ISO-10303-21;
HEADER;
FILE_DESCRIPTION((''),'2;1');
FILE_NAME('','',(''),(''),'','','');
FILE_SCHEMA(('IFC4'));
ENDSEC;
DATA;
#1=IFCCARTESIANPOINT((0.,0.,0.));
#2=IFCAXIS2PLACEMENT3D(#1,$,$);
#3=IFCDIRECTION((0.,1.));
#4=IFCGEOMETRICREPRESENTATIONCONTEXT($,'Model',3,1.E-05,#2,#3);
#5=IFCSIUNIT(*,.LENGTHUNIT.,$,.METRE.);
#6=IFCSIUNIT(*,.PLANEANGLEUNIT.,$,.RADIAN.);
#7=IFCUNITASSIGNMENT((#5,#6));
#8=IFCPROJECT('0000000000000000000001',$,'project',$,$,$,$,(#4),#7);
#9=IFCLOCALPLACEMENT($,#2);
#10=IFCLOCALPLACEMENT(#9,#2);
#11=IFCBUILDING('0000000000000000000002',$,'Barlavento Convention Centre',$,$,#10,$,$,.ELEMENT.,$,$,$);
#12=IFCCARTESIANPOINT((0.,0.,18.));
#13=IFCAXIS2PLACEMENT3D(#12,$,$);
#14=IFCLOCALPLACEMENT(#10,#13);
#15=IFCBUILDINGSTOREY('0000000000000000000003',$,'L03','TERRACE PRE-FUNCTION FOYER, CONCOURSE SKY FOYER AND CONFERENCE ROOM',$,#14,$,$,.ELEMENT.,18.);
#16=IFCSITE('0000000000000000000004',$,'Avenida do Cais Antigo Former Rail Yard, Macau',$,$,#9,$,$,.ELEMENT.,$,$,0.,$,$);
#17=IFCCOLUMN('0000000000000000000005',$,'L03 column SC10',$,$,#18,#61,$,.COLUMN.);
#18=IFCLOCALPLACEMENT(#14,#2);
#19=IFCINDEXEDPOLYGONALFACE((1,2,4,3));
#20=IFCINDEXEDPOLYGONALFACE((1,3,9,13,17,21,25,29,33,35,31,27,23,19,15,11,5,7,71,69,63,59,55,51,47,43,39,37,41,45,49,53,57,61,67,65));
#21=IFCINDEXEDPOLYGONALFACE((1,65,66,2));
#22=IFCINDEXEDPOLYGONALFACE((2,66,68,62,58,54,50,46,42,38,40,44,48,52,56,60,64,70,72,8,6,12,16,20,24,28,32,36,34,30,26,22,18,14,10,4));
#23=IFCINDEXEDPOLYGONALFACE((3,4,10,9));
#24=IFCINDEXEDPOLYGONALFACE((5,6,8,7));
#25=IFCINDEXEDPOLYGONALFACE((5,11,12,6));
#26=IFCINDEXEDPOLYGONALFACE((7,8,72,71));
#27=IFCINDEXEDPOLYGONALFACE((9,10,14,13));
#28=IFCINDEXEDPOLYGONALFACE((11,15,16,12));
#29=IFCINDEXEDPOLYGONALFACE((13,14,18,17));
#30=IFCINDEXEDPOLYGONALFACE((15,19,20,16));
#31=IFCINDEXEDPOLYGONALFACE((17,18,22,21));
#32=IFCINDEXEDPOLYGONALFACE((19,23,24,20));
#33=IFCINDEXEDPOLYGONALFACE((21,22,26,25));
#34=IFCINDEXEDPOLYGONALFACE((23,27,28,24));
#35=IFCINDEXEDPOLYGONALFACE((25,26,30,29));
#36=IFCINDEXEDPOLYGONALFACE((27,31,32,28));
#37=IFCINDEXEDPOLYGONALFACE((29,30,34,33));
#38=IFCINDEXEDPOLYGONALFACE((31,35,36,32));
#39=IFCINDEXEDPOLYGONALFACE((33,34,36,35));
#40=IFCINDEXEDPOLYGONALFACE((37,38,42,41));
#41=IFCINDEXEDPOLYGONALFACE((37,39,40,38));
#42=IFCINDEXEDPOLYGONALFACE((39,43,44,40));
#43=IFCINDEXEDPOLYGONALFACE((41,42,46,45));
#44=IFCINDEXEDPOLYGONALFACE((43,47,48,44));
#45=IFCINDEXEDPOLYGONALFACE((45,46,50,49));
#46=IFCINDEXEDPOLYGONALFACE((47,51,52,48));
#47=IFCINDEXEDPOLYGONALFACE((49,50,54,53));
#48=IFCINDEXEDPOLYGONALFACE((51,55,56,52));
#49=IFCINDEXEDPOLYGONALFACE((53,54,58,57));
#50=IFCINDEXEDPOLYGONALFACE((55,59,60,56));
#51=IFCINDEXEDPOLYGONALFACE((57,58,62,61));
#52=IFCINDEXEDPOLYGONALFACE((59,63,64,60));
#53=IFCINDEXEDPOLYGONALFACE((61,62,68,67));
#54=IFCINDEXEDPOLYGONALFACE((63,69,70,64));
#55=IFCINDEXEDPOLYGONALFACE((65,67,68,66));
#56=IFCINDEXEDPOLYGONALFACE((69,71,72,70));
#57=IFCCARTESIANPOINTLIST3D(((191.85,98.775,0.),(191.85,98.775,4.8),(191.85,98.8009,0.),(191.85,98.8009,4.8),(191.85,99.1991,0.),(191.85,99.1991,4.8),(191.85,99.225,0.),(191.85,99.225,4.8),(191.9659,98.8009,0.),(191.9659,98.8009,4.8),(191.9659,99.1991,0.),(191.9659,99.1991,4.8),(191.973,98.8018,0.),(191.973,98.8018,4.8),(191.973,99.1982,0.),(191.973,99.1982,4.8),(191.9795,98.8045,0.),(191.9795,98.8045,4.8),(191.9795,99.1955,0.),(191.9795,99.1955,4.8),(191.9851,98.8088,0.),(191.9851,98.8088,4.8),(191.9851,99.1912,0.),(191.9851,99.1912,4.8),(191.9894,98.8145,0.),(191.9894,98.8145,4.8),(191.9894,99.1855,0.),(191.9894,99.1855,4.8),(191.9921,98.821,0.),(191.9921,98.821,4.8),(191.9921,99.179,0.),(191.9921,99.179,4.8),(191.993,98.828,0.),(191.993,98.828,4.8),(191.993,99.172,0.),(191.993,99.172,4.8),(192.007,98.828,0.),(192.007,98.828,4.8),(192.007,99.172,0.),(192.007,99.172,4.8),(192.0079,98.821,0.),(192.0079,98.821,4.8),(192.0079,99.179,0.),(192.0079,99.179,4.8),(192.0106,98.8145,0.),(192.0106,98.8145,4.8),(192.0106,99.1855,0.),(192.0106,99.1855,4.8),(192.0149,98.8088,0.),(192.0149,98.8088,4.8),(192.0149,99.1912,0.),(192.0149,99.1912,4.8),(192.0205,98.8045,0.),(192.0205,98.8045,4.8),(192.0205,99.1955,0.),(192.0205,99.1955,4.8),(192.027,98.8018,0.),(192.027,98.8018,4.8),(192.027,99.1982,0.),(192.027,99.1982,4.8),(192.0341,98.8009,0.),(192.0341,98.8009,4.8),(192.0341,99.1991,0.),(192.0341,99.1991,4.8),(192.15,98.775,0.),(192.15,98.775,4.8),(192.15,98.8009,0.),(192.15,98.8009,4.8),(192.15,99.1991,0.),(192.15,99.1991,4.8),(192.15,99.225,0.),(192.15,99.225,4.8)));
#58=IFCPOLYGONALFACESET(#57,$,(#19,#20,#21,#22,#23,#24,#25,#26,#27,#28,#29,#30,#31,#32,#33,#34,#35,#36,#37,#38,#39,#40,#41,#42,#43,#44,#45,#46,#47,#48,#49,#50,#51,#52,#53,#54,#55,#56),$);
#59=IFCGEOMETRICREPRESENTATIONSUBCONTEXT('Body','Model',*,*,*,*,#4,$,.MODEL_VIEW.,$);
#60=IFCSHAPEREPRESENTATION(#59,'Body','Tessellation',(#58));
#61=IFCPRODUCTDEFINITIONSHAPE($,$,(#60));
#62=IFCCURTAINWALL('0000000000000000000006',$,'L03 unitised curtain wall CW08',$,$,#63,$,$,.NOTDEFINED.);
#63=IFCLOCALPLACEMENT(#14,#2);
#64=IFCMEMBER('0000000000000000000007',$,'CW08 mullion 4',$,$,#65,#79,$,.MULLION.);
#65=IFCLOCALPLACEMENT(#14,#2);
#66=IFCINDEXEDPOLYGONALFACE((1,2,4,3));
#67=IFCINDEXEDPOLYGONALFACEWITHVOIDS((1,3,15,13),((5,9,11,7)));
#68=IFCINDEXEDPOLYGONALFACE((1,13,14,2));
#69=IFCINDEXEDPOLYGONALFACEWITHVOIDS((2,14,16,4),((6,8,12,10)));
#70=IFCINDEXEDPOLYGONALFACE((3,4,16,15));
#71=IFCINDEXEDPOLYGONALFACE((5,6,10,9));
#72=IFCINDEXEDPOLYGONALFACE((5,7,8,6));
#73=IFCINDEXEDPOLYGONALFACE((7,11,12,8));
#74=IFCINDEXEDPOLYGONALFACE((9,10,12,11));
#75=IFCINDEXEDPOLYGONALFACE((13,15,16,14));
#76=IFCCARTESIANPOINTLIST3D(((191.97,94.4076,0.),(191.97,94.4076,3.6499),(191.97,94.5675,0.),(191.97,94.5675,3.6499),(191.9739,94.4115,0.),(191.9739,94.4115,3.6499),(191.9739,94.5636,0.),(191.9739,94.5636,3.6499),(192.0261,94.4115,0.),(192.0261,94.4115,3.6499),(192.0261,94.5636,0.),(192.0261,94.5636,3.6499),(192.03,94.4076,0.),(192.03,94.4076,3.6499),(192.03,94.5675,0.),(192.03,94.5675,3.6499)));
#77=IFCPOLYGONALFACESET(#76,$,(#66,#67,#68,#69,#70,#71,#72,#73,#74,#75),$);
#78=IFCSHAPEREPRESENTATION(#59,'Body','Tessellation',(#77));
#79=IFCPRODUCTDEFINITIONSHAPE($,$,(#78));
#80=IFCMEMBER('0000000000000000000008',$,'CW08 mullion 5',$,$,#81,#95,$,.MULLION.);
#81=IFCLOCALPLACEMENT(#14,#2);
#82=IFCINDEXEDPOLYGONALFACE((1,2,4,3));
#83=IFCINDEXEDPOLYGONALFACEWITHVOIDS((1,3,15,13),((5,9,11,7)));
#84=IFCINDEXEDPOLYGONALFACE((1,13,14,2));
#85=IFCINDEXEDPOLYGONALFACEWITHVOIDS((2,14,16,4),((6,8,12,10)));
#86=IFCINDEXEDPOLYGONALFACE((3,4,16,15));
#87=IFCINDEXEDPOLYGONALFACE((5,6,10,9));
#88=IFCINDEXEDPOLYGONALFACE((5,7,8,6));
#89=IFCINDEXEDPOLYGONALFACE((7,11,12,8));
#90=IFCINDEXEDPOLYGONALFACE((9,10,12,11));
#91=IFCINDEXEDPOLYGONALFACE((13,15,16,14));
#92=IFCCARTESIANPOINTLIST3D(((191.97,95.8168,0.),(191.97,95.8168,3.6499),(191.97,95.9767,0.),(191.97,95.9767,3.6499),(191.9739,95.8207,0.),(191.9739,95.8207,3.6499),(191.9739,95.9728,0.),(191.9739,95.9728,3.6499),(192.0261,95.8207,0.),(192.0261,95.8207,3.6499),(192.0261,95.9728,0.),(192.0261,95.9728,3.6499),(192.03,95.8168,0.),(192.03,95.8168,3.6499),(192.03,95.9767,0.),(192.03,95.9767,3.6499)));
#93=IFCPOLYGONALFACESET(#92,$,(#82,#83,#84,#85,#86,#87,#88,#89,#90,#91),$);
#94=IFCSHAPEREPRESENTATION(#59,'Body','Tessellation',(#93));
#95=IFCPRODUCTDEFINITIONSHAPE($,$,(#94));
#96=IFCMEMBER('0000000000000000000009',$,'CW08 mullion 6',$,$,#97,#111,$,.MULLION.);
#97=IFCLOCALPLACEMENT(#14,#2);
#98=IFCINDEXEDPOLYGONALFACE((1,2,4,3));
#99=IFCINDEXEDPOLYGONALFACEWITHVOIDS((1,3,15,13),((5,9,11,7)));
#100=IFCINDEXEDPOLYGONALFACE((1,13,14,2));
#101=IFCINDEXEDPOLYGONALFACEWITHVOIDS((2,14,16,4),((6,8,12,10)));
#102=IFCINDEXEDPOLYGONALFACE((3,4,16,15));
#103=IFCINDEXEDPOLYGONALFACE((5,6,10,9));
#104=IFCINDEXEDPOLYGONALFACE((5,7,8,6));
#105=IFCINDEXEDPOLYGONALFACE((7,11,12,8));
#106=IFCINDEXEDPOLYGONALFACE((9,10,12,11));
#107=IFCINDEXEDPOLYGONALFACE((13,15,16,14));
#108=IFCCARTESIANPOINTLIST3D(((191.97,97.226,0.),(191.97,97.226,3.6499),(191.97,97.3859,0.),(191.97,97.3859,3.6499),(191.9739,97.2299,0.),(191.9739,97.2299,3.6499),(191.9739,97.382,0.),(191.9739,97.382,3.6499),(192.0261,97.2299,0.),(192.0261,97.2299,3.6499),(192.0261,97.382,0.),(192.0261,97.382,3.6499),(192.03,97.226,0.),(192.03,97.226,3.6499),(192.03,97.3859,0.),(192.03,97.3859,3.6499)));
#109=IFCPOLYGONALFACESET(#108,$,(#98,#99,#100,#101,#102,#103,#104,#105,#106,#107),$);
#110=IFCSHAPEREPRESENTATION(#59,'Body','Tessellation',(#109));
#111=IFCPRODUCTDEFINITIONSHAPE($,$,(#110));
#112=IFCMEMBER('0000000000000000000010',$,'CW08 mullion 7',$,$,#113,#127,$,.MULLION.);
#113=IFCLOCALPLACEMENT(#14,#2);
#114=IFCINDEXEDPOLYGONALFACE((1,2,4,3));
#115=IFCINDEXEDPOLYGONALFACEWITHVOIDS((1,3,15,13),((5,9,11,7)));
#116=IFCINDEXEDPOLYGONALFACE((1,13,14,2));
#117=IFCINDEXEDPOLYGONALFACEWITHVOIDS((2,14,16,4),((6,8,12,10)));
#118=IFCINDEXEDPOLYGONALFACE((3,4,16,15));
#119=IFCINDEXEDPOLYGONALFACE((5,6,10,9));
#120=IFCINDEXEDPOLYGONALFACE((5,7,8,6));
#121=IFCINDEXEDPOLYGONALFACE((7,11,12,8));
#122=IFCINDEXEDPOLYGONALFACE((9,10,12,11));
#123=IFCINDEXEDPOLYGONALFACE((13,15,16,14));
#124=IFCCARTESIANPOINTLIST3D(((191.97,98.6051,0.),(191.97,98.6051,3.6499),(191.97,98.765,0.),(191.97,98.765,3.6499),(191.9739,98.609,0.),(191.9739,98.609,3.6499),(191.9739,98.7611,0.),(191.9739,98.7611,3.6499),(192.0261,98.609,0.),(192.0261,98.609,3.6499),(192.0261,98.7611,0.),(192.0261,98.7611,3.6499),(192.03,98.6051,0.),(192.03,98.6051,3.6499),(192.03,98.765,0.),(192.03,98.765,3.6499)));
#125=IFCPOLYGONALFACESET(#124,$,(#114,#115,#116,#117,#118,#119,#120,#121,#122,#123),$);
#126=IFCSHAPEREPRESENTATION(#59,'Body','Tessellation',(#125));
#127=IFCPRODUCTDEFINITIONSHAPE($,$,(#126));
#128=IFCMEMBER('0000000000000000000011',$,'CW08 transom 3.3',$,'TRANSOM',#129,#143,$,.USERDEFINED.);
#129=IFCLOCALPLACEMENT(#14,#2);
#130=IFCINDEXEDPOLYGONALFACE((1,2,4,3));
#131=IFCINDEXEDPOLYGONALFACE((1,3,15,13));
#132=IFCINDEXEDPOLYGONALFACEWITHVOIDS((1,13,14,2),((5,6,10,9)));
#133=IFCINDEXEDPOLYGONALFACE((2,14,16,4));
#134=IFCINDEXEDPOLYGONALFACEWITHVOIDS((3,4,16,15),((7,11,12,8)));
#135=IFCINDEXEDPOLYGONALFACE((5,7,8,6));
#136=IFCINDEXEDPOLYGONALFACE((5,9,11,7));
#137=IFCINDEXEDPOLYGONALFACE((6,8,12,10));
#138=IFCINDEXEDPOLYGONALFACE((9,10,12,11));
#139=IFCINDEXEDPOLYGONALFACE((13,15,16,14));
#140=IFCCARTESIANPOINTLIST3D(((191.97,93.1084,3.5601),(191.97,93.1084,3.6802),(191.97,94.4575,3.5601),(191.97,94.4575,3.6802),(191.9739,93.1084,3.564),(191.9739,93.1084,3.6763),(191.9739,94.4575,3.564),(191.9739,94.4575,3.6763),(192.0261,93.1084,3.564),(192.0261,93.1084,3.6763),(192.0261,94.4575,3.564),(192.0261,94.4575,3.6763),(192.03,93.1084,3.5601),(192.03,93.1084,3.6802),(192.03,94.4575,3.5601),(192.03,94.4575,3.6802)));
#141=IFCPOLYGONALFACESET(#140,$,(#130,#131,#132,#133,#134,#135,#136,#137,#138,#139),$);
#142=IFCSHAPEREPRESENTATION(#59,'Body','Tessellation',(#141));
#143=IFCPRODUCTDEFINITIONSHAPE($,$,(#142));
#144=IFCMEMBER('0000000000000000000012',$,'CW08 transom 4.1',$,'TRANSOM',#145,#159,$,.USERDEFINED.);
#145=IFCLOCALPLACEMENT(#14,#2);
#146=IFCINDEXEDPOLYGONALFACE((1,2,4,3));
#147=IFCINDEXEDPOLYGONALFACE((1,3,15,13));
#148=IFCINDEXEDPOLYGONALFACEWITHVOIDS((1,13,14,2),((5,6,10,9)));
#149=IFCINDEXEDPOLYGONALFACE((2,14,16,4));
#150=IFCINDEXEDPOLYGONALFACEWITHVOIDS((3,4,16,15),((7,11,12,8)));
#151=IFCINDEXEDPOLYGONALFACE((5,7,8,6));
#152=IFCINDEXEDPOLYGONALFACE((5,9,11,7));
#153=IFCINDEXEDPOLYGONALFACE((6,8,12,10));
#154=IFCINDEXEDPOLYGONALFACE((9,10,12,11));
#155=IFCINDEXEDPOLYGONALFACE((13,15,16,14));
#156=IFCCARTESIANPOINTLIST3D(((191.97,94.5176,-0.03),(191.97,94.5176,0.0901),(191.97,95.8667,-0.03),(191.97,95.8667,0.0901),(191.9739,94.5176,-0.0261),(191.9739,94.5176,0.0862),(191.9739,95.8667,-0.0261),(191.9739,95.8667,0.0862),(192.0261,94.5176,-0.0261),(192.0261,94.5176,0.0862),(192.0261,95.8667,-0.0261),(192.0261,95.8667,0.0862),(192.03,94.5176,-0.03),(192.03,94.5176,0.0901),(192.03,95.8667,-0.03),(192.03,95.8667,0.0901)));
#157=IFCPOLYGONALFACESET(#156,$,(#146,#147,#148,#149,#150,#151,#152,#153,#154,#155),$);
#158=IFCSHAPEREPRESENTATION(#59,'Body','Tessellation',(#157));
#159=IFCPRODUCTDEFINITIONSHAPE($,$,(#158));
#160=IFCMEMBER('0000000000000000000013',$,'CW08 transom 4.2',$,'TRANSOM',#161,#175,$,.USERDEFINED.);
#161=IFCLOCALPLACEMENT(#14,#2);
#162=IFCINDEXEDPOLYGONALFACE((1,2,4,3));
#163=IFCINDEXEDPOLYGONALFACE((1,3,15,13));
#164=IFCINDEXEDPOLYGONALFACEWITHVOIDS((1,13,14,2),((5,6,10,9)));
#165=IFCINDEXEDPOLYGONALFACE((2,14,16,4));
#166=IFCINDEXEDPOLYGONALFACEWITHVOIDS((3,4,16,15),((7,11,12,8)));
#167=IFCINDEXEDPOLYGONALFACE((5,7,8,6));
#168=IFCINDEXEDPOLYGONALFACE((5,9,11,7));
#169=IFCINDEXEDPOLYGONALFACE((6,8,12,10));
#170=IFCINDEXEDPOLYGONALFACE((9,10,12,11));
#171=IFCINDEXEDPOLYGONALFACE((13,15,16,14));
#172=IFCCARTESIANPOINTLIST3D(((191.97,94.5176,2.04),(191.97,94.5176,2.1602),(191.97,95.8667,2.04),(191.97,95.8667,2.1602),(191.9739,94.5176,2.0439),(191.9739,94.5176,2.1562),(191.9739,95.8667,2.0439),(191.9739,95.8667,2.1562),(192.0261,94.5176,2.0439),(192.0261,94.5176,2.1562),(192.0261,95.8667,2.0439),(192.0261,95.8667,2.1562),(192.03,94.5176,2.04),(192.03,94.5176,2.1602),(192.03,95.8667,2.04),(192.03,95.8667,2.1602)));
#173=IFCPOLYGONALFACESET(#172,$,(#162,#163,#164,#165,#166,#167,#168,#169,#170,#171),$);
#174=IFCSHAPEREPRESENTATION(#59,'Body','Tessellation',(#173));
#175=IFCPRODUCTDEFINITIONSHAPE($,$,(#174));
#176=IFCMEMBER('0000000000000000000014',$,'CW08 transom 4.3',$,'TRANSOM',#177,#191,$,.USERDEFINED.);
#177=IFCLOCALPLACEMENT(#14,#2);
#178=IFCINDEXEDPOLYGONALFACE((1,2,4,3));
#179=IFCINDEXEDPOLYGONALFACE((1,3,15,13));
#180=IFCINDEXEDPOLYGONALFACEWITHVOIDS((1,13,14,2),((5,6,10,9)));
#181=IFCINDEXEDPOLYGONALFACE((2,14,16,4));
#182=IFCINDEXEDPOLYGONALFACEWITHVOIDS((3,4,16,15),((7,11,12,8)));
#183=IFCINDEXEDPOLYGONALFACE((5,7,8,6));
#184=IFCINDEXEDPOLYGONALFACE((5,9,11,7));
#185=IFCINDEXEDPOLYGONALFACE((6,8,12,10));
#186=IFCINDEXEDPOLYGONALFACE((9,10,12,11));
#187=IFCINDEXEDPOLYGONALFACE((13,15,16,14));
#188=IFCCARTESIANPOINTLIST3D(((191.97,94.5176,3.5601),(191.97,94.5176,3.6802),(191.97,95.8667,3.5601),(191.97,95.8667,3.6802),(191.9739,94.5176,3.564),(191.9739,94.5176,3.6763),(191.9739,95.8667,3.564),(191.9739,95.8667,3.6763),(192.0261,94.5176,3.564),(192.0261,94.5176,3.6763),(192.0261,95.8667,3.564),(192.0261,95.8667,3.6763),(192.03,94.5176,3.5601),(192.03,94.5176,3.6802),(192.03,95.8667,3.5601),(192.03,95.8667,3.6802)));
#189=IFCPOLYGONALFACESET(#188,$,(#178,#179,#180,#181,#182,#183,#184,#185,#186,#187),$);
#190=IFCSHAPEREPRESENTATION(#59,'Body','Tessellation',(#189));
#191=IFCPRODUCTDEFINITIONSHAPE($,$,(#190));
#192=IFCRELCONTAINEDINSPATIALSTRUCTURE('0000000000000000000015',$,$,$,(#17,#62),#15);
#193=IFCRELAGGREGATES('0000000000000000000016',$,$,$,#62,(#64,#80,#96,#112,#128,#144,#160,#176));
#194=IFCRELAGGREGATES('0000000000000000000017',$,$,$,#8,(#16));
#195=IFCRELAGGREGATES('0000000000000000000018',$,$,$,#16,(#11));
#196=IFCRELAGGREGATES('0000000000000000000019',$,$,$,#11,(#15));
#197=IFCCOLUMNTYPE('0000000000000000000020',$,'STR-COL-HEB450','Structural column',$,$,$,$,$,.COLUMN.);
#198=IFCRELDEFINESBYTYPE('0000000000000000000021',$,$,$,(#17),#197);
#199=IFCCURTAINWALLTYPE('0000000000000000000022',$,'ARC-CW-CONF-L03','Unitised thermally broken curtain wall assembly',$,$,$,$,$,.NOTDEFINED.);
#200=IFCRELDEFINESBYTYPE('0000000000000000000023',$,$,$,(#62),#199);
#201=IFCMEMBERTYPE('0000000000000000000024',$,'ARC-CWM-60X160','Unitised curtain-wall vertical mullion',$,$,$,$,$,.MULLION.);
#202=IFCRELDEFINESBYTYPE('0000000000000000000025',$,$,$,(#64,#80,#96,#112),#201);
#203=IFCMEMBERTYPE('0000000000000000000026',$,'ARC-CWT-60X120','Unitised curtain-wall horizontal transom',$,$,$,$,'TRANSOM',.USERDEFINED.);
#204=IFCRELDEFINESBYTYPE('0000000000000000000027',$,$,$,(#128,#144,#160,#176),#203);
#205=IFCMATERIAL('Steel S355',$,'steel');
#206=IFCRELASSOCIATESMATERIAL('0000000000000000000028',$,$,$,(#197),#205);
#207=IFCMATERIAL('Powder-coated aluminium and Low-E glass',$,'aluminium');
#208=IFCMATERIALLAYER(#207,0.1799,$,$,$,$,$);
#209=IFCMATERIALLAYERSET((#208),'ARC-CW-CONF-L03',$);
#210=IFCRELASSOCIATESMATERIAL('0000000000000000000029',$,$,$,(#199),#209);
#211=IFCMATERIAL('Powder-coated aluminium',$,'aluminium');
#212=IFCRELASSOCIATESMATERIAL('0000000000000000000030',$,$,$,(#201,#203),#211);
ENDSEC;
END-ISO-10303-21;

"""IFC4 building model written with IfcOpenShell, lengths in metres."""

from ifc_helpers import new_model, si_unit, direction, frame, origin, origin_2d, place, context, subcontext, project, spatial, hollow_rectangle, i_section, extrude, material, layer, layer_set, material_profile, profile_set, type_object, element, aggregate, save


model = new_model("IFC4")

# Units and contexts
model_context = context("Model", 3, precision=1e-05, world=origin(), true_north=direction((0.0, 1.0)))
body_context = subcontext(model_context, "Body", "Model", "MODEL_VIEW")
ifc_project = project(units=[si_unit("LENGTHUNIT", "METRE"), si_unit("PLANEANGLEUNIT", "RADIAN")], contexts=[model_context])

# Site, building, storey
site_placement = place(None, origin())
site = spatial("IfcSite", under=ifc_project, at=site_placement, Name="Avenida do Cais Antigo Former Rail Yard, Macau", CompositionType="ELEMENT", RefElevation=0.0)
building_placement = place(site_placement, origin())
building = spatial("IfcBuilding", under=site, at=building_placement, Name="Barlavento Convention Centre", CompositionType="ELEMENT")
storey_placement = place(building_placement, frame((0.0, 0.0, 18.0)))
storey = spatial("IfcBuildingStorey", under=building, at=storey_placement, Name="L03", Description="TERRACE PRE-FUNCTION FOYER, CONCOURSE SKY FOYER AND CONFERENCE ROOM", CompositionType="ELEMENT", Elevation=18.0)

# Column
ifc_material_1 = material(Name="Steel S355", Category="steel")
ifc_material_profile_1 = material_profile(ifc_material_1, i_section(OverallWidth=0.3, OverallDepth=0.45, WebThickness=0.0139, FlangeThickness=0.0259, FilletRadius=0.0271, at=origin_2d()), Name="HEB 450")
ifc_profile_set_1 = profile_set([ifc_material_profile_1], Name="Steel S355")
column_type = type_object("IfcColumnType", Name="STR-COL-HEB450", Description="Structural column", PredefinedType="COLUMN", material=ifc_profile_set_1)
column_placement = place(storey_placement, frame((192.0, 99.0, 0.0), z_axis=(0.0, 0.0, 1.0), x_axis=(1.0, 0.0, 0.0)))
element("IfcColumn", 1, at=column_placement, inside=storey, type_object=column_type, Name="L03 column SC10", PredefinedType="COLUMN", context=body_context, shape_type="SweptSolid", body=[
    extrude(i_section(OverallWidth=0.3, OverallDepth=0.45, WebThickness=0.0139, FlangeThickness=0.0259, FilletRadius=0.0271, at=origin_2d()), origin(), (0.0, 0.0, 1.0), 4.8),
])

# Curtain wall, members
ifc_material_2 = material(Name="Powder-coated aluminium and Low-E glass", Category="aluminium")
ifc_layer_1 = layer(ifc_material_2, 0.1799)
ifc_layer_set_1 = layer_set([ifc_layer_1], Name="ARC-CW-CONF-L03")
curtain_wall_type = type_object("IfcCurtainWallType", Name="ARC-CW-CONF-L03", Description="Unitised thermally broken curtain wall assembly", PredefinedType="NOTDEFINED", material=ifc_layer_set_1)
curtain_wall_placement = place(storey_placement, origin())
curtain_wall = element("IfcCurtainWall", 2, at=curtain_wall_placement, inside=storey, type_object=curtain_wall_type, Name="L03 unitised curtain wall CW08", PredefinedType="NOTDEFINED")
ifc_material_3 = material(Name="Powder-coated aluminium", Category="aluminium")
ifc_material_profile_2 = material_profile(ifc_material_3, hollow_rectangle(XDim=0.0601, YDim=0.1599, WallThickness=0.0039, at=origin_2d()), Name="AL-MULL 60x160x4")
ifc_profile_set_2 = profile_set([ifc_material_profile_2], Name="Powder-coated aluminium")
member_type_1 = type_object("IfcMemberType", Name="ARC-CWM-60X160", Description="Unitised curtain-wall vertical mullion", PredefinedType="MULLION", material=ifc_profile_set_2)
member_1_placement = place(storey_placement, frame((192.0, 94.4875, 0.0), z_axis=(0.0, 0.0, 1.0), x_axis=(-1.0, 0.0, 0.0)))
member_1 = element("IfcMember", 3, at=member_1_placement, type_object=member_type_1, Name="CW08 mullion 4", PredefinedType="MULLION", context=body_context, shape_type="SweptSolid", body=[
    extrude(hollow_rectangle(XDim=0.0601, YDim=0.1599, WallThickness=0.0039, at=origin_2d()), origin(), (0.0, 0.0, 1.0), 3.6499),
])
member_2_placement = place(storey_placement, frame((192.0, 95.8967, 0.0), z_axis=(0.0, 0.0, 1.0), x_axis=(-1.0, 0.0, 0.0)))
member_2 = element("IfcMember", 4, at=member_2_placement, type_object=member_type_1, Name="CW08 mullion 5", PredefinedType="MULLION", context=body_context, shape_type="SweptSolid", body=[
    extrude(hollow_rectangle(XDim=0.0601, YDim=0.1599, WallThickness=0.0039, at=origin_2d()), origin(), (0.0, 0.0, 1.0), 3.6499),
])
member_3_placement = place(storey_placement, frame((192.0, 97.3059, 0.0), z_axis=(0.0, 0.0, 1.0), x_axis=(-1.0, 0.0, 0.0)))
member_3 = element("IfcMember", 5, at=member_3_placement, type_object=member_type_1, Name="CW08 mullion 6", PredefinedType="MULLION", context=body_context, shape_type="SweptSolid", body=[
    extrude(hollow_rectangle(XDim=0.0601, YDim=0.1599, WallThickness=0.0039, at=origin_2d()), origin(), (0.0, 0.0, 1.0), 3.6499),
])
member_4_placement = place(storey_placement, frame((192.0, 98.6851, 0.0), z_axis=(0.0, 0.0, 1.0), x_axis=(-1.0, 0.0, 0.0)))
member_4 = element("IfcMember", 6, at=member_4_placement, type_object=member_type_1, Name="CW08 mullion 7", PredefinedType="MULLION", context=body_context, shape_type="SweptSolid", body=[
    extrude(hollow_rectangle(XDim=0.0601, YDim=0.1599, WallThickness=0.0039, at=origin_2d()), origin(), (0.0, 0.0, 1.0), 3.6499),
])
ifc_material_profile_3 = material_profile(ifc_material_3, hollow_rectangle(XDim=0.0601, YDim=0.1201, WallThickness=0.0039, at=origin_2d()), Name="AL-TRAN 60x120x4")
ifc_profile_set_3 = profile_set([ifc_material_profile_3], Name="Powder-coated aluminium")
member_type_2 = type_object("IfcMemberType", Name="ARC-CWT-60X120", Description="Unitised curtain-wall horizontal transom", ElementType="TRANSOM", PredefinedType="USERDEFINED", material=ifc_profile_set_3)
member_5_placement = place(storey_placement, frame((192.0, 93.1084, 3.6201), z_axis=(0.0, 1.0, 0.0), x_axis=(-1.0, 0.0, 0.0)))
member_5 = element("IfcMember", 7, at=member_5_placement, type_object=member_type_2, Name="CW08 transom 3.3", ObjectType="TRANSOM", PredefinedType="USERDEFINED", context=body_context, shape_type="SweptSolid", body=[
    extrude(hollow_rectangle(XDim=0.0601, YDim=0.1201, WallThickness=0.0039, at=origin_2d()), origin(), (0.0, 0.0, 1.0), 1.3491),
])
member_6_placement = place(storey_placement, frame((192.0, 94.5176, 0.03), z_axis=(0.0, 1.0, 0.0), x_axis=(-1.0, 0.0, 0.0)))
member_6 = element("IfcMember", 8, at=member_6_placement, type_object=member_type_2, Name="CW08 transom 4.1", ObjectType="TRANSOM", PredefinedType="USERDEFINED", context=body_context, shape_type="SweptSolid", body=[
    extrude(hollow_rectangle(XDim=0.0601, YDim=0.1201, WallThickness=0.0039, at=origin_2d()), origin(), (0.0, 0.0, 1.0), 1.3491),
])
member_7_placement = place(storey_placement, frame((192.0, 94.5176, 2.1001), z_axis=(0.0, 1.0, 0.0), x_axis=(-1.0, 0.0, 0.0)))
member_7 = element("IfcMember", 9, at=member_7_placement, type_object=member_type_2, Name="CW08 transom 4.2", ObjectType="TRANSOM", PredefinedType="USERDEFINED", context=body_context, shape_type="SweptSolid", body=[
    extrude(hollow_rectangle(XDim=0.0601, YDim=0.1201, WallThickness=0.0039, at=origin_2d()), origin(), (0.0, 0.0, 1.0), 1.3491),
])
member_8_placement = place(storey_placement, frame((192.0, 94.5176, 3.6201), z_axis=(0.0, 1.0, 0.0), x_axis=(-1.0, 0.0, 0.0)))
member_8 = element("IfcMember", 10, at=member_8_placement, type_object=member_type_2, Name="CW08 transom 4.3", ObjectType="TRANSOM", PredefinedType="USERDEFINED", context=body_context, shape_type="SweptSolid", body=[
    extrude(hollow_rectangle(XDim=0.0601, YDim=0.1201, WallThickness=0.0039, at=origin_2d()), origin(), (0.0, 0.0, 1.0), 1.3491),
])
aggregate(curtain_wall, [member_1, member_2, member_3, member_4, member_5, member_6, member_7, member_8])

save(model, "model.ifc")
